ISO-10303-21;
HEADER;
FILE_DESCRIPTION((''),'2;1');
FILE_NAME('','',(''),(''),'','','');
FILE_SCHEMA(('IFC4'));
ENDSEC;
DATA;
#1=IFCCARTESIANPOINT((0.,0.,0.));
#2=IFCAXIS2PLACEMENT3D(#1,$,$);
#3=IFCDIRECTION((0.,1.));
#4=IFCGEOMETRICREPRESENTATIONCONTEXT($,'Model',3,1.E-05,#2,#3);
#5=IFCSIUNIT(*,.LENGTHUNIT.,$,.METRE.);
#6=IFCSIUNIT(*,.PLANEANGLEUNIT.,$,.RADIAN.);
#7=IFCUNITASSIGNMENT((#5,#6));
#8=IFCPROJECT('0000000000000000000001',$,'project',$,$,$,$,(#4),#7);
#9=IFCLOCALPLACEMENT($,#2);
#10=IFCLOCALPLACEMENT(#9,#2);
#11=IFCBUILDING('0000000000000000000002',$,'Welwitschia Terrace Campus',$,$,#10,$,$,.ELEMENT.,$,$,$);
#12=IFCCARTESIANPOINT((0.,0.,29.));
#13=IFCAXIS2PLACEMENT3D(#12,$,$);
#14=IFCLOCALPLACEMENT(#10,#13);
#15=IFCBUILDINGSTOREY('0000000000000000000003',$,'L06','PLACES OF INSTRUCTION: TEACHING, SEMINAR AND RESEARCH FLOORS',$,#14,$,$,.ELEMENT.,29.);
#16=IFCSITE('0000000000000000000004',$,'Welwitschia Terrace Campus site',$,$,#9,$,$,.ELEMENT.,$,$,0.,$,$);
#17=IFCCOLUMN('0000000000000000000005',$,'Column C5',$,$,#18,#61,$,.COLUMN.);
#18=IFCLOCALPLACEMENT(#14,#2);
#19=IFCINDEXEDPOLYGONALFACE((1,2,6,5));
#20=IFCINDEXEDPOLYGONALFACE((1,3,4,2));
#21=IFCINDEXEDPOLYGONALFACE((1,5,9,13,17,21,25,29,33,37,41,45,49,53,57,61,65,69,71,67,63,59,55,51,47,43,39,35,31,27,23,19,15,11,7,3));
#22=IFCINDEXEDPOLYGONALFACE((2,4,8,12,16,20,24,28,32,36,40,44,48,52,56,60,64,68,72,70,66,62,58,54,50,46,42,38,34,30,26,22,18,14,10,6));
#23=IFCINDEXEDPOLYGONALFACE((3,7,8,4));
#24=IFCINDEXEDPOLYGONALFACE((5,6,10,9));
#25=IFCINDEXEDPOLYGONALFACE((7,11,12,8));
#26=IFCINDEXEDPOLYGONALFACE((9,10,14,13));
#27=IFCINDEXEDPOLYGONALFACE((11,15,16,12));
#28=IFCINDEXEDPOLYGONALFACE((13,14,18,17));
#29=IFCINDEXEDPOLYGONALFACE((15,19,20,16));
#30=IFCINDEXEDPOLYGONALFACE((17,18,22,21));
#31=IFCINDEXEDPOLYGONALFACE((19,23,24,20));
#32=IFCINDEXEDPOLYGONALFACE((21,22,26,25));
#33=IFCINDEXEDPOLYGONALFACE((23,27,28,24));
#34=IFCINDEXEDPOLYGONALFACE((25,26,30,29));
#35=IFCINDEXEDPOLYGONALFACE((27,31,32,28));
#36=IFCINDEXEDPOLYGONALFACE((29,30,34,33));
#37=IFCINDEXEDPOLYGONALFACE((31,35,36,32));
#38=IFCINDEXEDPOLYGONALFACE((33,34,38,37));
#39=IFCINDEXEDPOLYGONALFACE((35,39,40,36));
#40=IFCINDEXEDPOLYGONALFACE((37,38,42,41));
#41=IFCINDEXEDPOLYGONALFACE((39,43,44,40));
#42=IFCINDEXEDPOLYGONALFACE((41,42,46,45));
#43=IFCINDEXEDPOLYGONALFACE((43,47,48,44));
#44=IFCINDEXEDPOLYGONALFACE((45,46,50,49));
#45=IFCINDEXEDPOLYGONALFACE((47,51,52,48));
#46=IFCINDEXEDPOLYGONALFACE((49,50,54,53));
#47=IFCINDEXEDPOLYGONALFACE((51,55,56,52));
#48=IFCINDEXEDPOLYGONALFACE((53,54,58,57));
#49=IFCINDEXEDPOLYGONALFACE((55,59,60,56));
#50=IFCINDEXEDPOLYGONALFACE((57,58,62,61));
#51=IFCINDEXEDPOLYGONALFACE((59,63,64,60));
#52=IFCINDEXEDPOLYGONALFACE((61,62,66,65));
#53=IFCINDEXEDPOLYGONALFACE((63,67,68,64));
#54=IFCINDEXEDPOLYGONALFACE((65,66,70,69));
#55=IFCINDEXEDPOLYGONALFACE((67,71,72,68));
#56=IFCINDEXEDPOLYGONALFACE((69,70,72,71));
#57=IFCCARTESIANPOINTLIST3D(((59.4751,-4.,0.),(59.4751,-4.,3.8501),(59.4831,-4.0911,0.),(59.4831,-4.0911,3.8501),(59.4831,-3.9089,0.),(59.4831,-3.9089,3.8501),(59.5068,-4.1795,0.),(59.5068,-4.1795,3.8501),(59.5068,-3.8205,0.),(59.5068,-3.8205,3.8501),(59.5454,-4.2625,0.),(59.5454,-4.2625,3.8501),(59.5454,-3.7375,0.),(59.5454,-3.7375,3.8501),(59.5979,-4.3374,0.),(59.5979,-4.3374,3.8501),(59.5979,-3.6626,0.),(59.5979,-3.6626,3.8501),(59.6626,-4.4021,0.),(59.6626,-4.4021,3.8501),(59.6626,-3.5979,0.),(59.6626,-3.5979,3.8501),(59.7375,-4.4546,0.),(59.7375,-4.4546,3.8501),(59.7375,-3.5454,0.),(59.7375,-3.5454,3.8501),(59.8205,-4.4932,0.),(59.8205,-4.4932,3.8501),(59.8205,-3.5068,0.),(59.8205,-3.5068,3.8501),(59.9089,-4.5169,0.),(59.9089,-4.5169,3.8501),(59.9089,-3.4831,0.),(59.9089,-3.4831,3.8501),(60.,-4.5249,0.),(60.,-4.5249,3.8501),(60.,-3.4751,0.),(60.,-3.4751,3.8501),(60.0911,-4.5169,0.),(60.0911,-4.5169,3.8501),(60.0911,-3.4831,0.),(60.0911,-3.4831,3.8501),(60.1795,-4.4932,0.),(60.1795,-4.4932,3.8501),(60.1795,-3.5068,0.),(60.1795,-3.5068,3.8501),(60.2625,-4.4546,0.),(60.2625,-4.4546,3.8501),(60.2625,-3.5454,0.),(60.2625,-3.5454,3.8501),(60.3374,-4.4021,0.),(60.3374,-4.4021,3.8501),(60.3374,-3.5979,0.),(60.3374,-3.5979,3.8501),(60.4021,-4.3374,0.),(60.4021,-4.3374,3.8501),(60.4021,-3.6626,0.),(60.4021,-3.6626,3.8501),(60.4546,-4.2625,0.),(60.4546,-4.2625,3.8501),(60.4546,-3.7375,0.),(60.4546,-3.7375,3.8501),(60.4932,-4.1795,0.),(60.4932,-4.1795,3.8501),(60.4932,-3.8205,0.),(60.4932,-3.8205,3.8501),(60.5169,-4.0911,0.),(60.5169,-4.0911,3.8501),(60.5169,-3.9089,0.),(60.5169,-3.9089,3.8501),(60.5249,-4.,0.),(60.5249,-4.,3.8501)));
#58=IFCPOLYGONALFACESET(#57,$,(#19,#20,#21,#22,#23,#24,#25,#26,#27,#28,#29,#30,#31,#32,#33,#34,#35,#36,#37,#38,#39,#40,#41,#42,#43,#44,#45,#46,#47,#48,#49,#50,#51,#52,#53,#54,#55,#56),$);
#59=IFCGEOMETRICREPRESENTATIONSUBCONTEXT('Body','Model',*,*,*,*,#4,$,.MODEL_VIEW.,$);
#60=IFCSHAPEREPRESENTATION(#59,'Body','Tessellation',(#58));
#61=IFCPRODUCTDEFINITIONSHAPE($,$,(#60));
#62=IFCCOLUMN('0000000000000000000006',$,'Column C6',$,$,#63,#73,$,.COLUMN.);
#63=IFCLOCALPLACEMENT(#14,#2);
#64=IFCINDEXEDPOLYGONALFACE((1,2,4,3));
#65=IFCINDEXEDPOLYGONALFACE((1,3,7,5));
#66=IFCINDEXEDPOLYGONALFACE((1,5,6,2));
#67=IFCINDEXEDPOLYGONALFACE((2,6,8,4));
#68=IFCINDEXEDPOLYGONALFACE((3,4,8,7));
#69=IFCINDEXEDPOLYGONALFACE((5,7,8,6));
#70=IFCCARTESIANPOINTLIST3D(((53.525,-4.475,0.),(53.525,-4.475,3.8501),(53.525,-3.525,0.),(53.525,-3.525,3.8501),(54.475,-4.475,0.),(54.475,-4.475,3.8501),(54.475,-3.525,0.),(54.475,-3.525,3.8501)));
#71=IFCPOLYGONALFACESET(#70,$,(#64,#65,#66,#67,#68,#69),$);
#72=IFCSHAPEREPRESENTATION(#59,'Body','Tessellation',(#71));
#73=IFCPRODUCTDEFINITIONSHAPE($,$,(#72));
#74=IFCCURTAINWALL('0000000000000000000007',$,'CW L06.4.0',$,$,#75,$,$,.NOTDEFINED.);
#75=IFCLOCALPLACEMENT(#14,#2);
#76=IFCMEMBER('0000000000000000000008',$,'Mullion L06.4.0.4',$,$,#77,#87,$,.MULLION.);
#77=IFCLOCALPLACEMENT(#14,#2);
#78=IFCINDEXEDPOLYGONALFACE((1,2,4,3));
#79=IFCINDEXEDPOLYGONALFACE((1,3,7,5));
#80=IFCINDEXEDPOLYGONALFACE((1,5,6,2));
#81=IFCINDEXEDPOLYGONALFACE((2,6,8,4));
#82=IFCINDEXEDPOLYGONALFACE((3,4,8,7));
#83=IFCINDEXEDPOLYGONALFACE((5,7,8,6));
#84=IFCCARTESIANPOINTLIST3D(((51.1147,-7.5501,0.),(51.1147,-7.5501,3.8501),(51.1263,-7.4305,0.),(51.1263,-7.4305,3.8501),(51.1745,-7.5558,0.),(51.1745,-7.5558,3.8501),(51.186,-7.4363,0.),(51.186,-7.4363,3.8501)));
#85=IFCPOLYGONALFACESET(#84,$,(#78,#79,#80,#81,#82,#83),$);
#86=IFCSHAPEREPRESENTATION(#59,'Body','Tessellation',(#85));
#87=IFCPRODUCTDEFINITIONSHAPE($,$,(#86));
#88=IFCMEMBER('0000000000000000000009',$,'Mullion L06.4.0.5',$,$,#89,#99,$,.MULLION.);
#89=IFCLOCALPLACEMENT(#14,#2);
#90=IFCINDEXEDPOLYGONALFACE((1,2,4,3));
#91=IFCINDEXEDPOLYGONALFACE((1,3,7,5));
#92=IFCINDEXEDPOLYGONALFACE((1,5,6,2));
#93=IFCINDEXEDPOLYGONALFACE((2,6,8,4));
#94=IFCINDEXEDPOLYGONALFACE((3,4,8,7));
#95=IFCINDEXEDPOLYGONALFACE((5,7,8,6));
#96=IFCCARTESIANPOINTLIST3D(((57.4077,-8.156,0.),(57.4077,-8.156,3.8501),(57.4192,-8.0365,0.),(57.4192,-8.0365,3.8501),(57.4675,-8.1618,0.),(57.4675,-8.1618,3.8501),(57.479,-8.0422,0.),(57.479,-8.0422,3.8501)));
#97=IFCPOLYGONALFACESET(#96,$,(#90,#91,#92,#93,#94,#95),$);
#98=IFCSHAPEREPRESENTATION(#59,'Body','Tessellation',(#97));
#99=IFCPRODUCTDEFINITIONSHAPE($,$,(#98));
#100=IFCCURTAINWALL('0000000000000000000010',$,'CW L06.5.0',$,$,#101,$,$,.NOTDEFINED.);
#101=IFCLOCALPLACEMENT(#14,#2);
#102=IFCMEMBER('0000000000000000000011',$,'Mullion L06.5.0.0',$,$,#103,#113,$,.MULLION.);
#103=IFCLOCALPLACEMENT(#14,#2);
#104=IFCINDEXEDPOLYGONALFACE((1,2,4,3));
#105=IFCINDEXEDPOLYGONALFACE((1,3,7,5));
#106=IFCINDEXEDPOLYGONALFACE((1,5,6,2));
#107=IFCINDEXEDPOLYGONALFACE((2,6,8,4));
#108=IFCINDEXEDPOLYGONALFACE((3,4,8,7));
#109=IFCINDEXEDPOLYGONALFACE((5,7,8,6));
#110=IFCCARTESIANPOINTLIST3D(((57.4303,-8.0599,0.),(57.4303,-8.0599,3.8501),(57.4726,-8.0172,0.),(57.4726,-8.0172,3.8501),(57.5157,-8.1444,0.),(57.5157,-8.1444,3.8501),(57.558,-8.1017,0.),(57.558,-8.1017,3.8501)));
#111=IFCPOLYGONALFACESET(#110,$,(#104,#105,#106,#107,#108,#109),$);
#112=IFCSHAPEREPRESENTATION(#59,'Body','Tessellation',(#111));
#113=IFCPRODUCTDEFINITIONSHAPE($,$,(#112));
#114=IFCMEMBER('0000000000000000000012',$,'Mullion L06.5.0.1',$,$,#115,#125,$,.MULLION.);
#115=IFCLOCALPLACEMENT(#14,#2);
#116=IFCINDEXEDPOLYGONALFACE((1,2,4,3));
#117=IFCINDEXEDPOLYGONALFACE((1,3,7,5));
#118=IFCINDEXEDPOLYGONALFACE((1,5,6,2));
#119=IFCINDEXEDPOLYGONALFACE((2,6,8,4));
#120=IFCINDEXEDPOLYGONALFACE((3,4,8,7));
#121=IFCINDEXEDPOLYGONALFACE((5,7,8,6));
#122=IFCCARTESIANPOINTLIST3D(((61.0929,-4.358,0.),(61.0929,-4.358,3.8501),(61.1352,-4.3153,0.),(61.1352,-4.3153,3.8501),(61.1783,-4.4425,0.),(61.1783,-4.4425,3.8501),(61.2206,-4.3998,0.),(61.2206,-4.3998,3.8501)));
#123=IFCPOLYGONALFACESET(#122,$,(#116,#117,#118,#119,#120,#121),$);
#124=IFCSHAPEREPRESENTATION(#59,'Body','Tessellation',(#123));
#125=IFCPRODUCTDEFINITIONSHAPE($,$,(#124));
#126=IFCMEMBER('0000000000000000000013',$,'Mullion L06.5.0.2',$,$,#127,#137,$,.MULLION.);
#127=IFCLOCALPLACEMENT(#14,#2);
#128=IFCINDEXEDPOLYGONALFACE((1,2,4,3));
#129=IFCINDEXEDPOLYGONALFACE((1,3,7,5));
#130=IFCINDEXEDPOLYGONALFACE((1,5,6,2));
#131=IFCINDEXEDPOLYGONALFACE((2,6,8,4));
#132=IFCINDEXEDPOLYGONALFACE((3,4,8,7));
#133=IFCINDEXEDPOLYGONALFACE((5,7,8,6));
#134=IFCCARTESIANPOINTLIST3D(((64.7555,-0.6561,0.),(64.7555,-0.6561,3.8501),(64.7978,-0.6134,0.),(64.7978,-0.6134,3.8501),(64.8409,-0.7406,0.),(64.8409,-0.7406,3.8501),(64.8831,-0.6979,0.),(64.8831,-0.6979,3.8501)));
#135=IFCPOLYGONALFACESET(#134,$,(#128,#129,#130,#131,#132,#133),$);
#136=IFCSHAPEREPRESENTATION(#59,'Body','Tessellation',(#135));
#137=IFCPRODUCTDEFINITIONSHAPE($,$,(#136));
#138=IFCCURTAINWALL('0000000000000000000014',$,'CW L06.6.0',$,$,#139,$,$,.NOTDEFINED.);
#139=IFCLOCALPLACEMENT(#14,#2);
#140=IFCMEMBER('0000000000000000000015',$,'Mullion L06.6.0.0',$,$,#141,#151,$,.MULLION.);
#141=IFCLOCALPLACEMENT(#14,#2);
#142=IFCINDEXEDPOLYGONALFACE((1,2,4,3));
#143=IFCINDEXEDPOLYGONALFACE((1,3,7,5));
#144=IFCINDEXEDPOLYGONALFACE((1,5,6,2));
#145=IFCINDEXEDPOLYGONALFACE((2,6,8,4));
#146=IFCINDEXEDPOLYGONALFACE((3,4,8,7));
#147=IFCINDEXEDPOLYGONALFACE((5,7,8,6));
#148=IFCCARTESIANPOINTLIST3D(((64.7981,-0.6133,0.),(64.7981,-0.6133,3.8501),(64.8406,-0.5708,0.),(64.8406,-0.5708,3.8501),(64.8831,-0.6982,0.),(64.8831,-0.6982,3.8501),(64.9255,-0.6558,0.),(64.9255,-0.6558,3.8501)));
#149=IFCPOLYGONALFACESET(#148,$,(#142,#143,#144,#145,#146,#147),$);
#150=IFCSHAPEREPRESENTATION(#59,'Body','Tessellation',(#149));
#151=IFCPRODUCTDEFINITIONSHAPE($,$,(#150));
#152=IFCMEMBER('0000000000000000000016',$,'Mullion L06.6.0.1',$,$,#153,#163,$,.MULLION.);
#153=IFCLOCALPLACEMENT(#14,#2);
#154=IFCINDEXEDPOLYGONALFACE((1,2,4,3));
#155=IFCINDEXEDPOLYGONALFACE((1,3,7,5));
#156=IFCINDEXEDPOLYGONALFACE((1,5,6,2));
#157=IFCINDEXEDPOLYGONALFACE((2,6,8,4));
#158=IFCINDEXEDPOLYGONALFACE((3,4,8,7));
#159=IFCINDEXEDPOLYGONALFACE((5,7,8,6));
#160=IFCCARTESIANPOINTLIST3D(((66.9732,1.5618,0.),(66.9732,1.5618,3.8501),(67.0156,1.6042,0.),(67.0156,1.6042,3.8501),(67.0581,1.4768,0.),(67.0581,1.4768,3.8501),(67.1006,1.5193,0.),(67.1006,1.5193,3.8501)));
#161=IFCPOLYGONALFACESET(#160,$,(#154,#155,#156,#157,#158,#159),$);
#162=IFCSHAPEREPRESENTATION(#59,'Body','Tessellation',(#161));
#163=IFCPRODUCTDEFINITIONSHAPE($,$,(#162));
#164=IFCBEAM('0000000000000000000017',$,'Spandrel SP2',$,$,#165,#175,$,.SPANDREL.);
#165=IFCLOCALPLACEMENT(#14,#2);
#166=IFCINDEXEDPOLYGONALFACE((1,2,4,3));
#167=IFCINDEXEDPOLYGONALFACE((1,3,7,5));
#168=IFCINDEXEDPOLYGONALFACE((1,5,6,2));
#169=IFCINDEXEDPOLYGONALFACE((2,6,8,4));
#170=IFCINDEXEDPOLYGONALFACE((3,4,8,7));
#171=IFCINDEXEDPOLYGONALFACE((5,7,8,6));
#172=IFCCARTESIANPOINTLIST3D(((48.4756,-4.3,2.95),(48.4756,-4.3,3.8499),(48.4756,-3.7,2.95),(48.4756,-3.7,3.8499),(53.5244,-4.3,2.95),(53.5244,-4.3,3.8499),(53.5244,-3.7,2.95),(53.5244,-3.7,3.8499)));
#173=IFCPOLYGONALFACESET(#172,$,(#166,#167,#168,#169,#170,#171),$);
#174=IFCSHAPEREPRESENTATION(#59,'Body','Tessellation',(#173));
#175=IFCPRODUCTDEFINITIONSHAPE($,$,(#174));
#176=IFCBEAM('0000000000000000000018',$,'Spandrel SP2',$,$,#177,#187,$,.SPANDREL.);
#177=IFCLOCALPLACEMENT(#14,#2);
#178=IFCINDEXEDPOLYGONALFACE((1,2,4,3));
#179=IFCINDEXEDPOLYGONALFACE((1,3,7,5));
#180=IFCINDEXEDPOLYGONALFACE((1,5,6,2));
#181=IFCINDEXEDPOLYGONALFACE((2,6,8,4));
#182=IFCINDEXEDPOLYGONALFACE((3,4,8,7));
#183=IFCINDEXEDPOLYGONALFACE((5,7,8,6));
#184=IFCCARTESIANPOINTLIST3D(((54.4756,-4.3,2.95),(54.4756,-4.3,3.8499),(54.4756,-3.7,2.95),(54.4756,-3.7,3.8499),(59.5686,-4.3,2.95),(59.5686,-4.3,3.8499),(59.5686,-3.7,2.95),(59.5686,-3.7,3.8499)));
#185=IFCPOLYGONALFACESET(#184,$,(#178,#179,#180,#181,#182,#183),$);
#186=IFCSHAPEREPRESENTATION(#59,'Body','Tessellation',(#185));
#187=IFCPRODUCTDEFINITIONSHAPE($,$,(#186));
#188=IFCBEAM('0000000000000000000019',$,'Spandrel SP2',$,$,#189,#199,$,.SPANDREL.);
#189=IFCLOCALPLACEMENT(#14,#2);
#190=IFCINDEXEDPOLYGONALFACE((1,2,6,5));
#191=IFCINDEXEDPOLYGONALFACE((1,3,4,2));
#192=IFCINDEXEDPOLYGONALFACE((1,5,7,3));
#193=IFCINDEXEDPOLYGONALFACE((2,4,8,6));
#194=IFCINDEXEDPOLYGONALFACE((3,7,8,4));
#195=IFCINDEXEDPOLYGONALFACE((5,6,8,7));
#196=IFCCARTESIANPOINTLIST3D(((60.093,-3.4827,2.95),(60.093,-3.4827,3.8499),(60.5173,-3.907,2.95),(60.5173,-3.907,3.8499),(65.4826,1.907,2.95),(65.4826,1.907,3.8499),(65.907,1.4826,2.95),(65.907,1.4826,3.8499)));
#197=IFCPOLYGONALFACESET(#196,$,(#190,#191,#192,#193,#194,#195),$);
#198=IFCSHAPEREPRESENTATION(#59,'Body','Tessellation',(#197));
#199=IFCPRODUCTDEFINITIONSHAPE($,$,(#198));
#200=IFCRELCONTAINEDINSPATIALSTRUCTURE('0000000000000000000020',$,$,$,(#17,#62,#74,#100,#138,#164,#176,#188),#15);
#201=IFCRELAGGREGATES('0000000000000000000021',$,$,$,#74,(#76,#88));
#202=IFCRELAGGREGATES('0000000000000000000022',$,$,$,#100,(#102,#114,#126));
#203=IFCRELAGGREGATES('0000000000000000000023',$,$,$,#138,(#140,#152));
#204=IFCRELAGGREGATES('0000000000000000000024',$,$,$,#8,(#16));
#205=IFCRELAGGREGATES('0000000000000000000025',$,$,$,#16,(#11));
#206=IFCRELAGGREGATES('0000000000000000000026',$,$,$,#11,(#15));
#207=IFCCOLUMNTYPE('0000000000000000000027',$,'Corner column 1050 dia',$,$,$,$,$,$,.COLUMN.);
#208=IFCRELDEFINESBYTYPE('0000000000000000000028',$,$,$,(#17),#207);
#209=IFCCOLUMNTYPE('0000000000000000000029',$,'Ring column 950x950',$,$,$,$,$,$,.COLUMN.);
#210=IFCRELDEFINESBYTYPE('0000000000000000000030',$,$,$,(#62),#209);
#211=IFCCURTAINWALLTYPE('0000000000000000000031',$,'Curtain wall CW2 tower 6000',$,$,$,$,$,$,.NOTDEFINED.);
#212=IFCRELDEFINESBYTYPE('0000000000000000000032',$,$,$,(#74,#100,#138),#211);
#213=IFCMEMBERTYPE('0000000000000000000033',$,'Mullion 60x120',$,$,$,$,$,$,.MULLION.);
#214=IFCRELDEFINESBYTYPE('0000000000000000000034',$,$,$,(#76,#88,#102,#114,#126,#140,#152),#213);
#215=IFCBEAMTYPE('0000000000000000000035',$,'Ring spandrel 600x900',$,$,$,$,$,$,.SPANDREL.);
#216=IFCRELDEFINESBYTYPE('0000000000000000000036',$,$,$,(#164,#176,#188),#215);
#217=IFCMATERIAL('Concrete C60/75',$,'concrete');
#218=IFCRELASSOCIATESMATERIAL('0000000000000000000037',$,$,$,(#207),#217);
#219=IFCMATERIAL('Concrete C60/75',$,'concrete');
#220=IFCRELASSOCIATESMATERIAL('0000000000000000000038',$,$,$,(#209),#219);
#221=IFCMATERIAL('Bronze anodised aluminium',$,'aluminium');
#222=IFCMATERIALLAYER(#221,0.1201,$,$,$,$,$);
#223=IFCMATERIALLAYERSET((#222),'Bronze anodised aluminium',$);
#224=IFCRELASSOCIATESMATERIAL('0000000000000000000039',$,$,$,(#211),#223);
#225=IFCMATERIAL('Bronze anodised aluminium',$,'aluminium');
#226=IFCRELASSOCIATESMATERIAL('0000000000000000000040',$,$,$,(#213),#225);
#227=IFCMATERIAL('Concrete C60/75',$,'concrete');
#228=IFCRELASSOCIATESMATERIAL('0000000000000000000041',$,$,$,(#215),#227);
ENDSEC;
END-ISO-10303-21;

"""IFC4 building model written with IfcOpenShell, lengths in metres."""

from ifc_helpers import new_model, si_unit, direction, frame, origin, origin_2d, place, context, subcontext, project, spatial, rectangle, circle, extrude, material, layer, layer_set, material_profile, profile_set, type_object, element, aggregate, save


model = new_model("IFC4")

# Units and contexts
model_context = context("Model", 3, precision=1e-05, world=origin(), true_north=direction((0.0, 1.0)))
body_context = subcontext(model_context, "Body", "Model", "MODEL_VIEW")
ifc_project = project(units=[si_unit("LENGTHUNIT", "METRE"), si_unit("PLANEANGLEUNIT", "RADIAN")], contexts=[model_context])

# Site, building, storey
site_placement = place(None, origin())
site = spatial("IfcSite", under=ifc_project, at=site_placement, Name="Welwitschia Terrace Campus site", CompositionType="ELEMENT", RefElevation=0.0)
building_placement = place(site_placement, origin())
building = spatial("IfcBuilding", under=site, at=building_placement, Name="Welwitschia Terrace Campus", CompositionType="ELEMENT")
storey_placement = place(building_placement, frame((0.0, 0.0, 29.0)))
storey = spatial("IfcBuildingStorey", under=building, at=storey_placement, Name="L06", Description="PLACES OF INSTRUCTION: TEACHING, SEMINAR AND RESEARCH FLOORS", CompositionType="ELEMENT", Elevation=29.0)

# Columns
ifc_material_1 = material(Name="Concrete C60/75", Category="concrete")
ifc_material_profile_1 = material_profile(ifc_material_1, circle(Radius=0.5249, at=origin_2d()))
ifc_profile_set_1 = profile_set([ifc_material_profile_1], Name="Concrete C60/75")
column_type_1 = type_object("IfcColumnType", Name="Corner column 1050 dia", PredefinedType="COLUMN", material=ifc_profile_set_1)
column_1_placement = place(storey_placement, frame((60.0, -4.0, 0.0), z_axis=(0.0, 0.0, 1.0), x_axis=(1.0, 0.0, 0.0)))
element("IfcColumn", 1, at=column_1_placement, inside=storey, type_object=column_type_1, Name="Column C5", PredefinedType="COLUMN", context=body_context, shape_type="SweptSolid", body=[
    extrude(circle(Radius=0.5249, at=origin_2d()), origin(), (0.0, 0.0, 1.0), 3.8501),
])
ifc_material_2 = material(Name="Concrete C60/75", Category="concrete")
ifc_material_profile_2 = material_profile(ifc_material_2, rectangle(XDim=0.95, YDim=0.95, at=origin_2d()))
ifc_profile_set_2 = profile_set([ifc_material_profile_2], Name="Concrete C60/75")
column_type_2 = type_object("IfcColumnType", Name="Ring column 950x950", PredefinedType="COLUMN", material=ifc_profile_set_2)
column_2_placement = place(storey_placement, frame((54.0, -4.0, 0.0), z_axis=(0.0, 0.0, 1.0), x_axis=(1.0, 0.0, 0.0)))
element("IfcColumn", 2, at=column_2_placement, inside=storey, type_object=column_type_2, Name="Column C6", PredefinedType="COLUMN", context=body_context, shape_type="SweptSolid", body=[
    extrude(rectangle(XDim=0.95, YDim=0.95, at=origin_2d()), origin(), (0.0, 0.0, 1.0), 3.8501),
])

# Curtain walls, members
ifc_material_3 = material(Name="Bronze anodised aluminium", Category="aluminium")
ifc_layer_1 = layer(ifc_material_3, 0.1201)
ifc_layer_set_1 = layer_set([ifc_layer_1], Name="Bronze anodised aluminium")
curtain_wall_type = type_object("IfcCurtainWallType", Name="Curtain wall CW2 tower 6000", PredefinedType="NOTDEFINED", material=ifc_layer_set_1)
curtain_wall_1_placement = place(storey_placement, origin())
curtain_wall_1 = element("IfcCurtainWall", 3, at=curtain_wall_1_placement, inside=storey, type_object=curtain_wall_type, Name="CW L06.4.0", PredefinedType="NOTDEFINED")
ifc_material_4 = material(Name="Bronze anodised aluminium", Category="aluminium")
ifc_material_profile_3 = material_profile(ifc_material_4, rectangle(XDim=0.1201, YDim=0.0601, at=origin_2d()))
ifc_profile_set_3 = profile_set([ifc_material_profile_3], Name="Bronze anodised aluminium")
member_type_1 = type_object("IfcMemberType", Name="Mullion 60x120", PredefinedType="MULLION", material=ifc_profile_set_3)
member_1_placement = place(storey_placement, frame((51.1504, -7.4932, 0.0), z_axis=(0.0, 0.0, 1.0), x_axis=(0.095846, 0.995396, 0.0)))
member_1 = element("IfcMember", 4, at=member_1_placement, type_object=member_type_1, Name="Mullion L06.4.0.4", PredefinedType="MULLION", context=body_context, shape_type="SweptSolid", body=[
    extrude(rectangle(XDim=0.1201, YDim=0.0601, at=origin_2d()), origin(), (0.0, 0.0, 1.0), 3.8501),
])
member_2_placement = place(storey_placement, frame((57.4434, -8.0991, 0.0), z_axis=(0.0, 0.0, 1.0), x_axis=(0.095846, 0.995396, 0.0)))
member_2 = element("IfcMember", 5, at=member_2_placement, type_object=member_type_1, Name="Mullion L06.4.0.5", PredefinedType="MULLION", context=body_context, shape_type="SweptSolid", body=[
    extrude(rectangle(XDim=0.1201, YDim=0.0601, at=origin_2d()), origin(), (0.0, 0.0, 1.0), 3.8501),
])
curtain_wall_2_placement = place(storey_placement, origin())
curtain_wall_2 = element("IfcCurtainWall", 6, at=curtain_wall_2_placement, inside=storey, type_object=curtain_wall_type, Name="CW L06.5.0", PredefinedType="NOTDEFINED")
member_3_placement = place(storey_placement, frame((57.4941, -8.0808, 0.0), z_axis=(0.0, 0.0, 1.0), x_axis=(-0.710866, 0.703327, 0.0)))
member_3 = element("IfcMember", 7, at=member_3_placement, type_object=member_type_1, Name="Mullion L06.5.0.0", PredefinedType="MULLION", context=body_context, shape_type="SweptSolid", body=[
    extrude(rectangle(XDim=0.1201, YDim=0.0601, at=origin_2d()), origin(), (0.0, 0.0, 1.0), 3.8501),
])
member_4_placement = place(storey_placement, frame((61.1567, -4.3789, 0.0), z_axis=(0.0, 0.0, 1.0), x_axis=(-0.710866, 0.703327, 0.0)))
member_4 = element("IfcMember", 8, at=member_4_placement, type_object=member_type_1, Name="Mullion L06.5.0.1", PredefinedType="MULLION", context=body_context, shape_type="SweptSolid", body=[
    extrude(rectangle(XDim=0.1201, YDim=0.0601, at=origin_2d()), origin(), (0.0, 0.0, 1.0), 3.8501),
])
member_5_placement = place(storey_placement, frame((64.8193, -0.677, 0.0), z_axis=(0.0, 0.0, 1.0), x_axis=(-0.710866, 0.703327, 0.0)))
member_5 = element("IfcMember", 9, at=member_5_placement, type_object=member_type_1, Name="Mullion L06.5.0.2", PredefinedType="MULLION", context=body_context, shape_type="SweptSolid", body=[
    extrude(rectangle(XDim=0.1201, YDim=0.0601, at=origin_2d()), origin(), (0.0, 0.0, 1.0), 3.8501),
])
curtain_wall_3_placement = place(storey_placement, origin())
curtain_wall_3 = element("IfcCurtainWall", 10, at=curtain_wall_3_placement, inside=storey, type_object=curtain_wall_type, Name="CW L06.6.0", PredefinedType="NOTDEFINED")
member_6_placement = place(storey_placement, frame((64.8618, -0.6345, 0.0), z_axis=(0.0, 0.0, 1.0), x_axis=(-0.707107, 0.707107, 0.0)))
member_6 = element("IfcMember", 11, at=member_6_placement, type_object=member_type_1, Name="Mullion L06.6.0.0", PredefinedType="MULLION", context=body_context, shape_type="SweptSolid", body=[
    extrude(rectangle(XDim=0.1201, YDim=0.0601, at=origin_2d()), origin(), (0.0, 0.0, 1.0), 3.8501),
])
member_7_placement = place(storey_placement, frame((67.0369, 1.5405, 0.0), z_axis=(0.0, 0.0, 1.0), x_axis=(-0.707107, 0.707107, 0.0)))
member_7 = element("IfcMember", 12, at=member_7_placement, type_object=member_type_1, Name="Mullion L06.6.0.1", PredefinedType="MULLION", context=body_context, shape_type="SweptSolid", body=[
    extrude(rectangle(XDim=0.1201, YDim=0.0601, at=origin_2d()), origin(), (0.0, 0.0, 1.0), 3.8501),
])

# Beams
ifc_material_5 = material(Name="Concrete C60/75", Category="concrete")
ifc_material_profile_4 = material_profile(ifc_material_5, rectangle(XDim=0.6001, YDim=0.8999, at=origin_2d()))
ifc_profile_set_4 = profile_set([ifc_material_profile_4], Name="Concrete C60/75")
beam_type = type_object("IfcBeamType", Name="Ring spandrel 600x900", PredefinedType="SPANDREL", material=ifc_profile_set_4)
beam_1_placement = place(storey_placement, frame((48.4756, -4.0, 3.3999), z_axis=(1.0, 0.0, 0.0), x_axis=(0.0, 1.0, 0.0)))
element("IfcBeam", 13, at=beam_1_placement, inside=storey, type_object=beam_type, Name="Spandrel SP2", PredefinedType="SPANDREL", context=body_context, shape_type="SweptSolid", body=[
    extrude(rectangle(XDim=0.6001, YDim=0.8999, at=origin_2d()), origin(), (0.0, 0.0, 1.0), 5.0488),
])
beam_2_placement = place(storey_placement, frame((54.4756, -4.0, 3.3999), z_axis=(1.0, 0.0, 0.0), x_axis=(0.0, 1.0, 0.0)))
element("IfcBeam", 14, at=beam_2_placement, inside=storey, type_object=beam_type, Name="Spandrel SP2", PredefinedType="SPANDREL", context=body_context, shape_type="SweptSolid", body=[
    extrude(rectangle(XDim=0.6001, YDim=0.8999, at=origin_2d()), origin(), (0.0, 0.0, 1.0), 5.093),
])
beam_3_placement = place(storey_placement, frame((60.3052, -3.6948, 3.3999), z_axis=(0.707107, 0.707107, 0.0), x_axis=(-0.707107, 0.707107, 0.0)))
element("IfcBeam", 15, at=beam_3_placement, inside=storey, type_object=beam_type, Name="Spandrel SP2", PredefinedType="SPANDREL", context=body_context, shape_type="SweptSolid", body=[
    extrude(rectangle(XDim=0.6001, YDim=0.8999, at=origin_2d()), origin(), (0.0, 0.0, 1.0), 7.6221),
])

aggregate(curtain_wall_1, [member_1, member_2])
aggregate(curtain_wall_2, [member_3, member_4, member_5])
aggregate(curtain_wall_3, [member_6, member_7])

save(model, "model.ifc")
